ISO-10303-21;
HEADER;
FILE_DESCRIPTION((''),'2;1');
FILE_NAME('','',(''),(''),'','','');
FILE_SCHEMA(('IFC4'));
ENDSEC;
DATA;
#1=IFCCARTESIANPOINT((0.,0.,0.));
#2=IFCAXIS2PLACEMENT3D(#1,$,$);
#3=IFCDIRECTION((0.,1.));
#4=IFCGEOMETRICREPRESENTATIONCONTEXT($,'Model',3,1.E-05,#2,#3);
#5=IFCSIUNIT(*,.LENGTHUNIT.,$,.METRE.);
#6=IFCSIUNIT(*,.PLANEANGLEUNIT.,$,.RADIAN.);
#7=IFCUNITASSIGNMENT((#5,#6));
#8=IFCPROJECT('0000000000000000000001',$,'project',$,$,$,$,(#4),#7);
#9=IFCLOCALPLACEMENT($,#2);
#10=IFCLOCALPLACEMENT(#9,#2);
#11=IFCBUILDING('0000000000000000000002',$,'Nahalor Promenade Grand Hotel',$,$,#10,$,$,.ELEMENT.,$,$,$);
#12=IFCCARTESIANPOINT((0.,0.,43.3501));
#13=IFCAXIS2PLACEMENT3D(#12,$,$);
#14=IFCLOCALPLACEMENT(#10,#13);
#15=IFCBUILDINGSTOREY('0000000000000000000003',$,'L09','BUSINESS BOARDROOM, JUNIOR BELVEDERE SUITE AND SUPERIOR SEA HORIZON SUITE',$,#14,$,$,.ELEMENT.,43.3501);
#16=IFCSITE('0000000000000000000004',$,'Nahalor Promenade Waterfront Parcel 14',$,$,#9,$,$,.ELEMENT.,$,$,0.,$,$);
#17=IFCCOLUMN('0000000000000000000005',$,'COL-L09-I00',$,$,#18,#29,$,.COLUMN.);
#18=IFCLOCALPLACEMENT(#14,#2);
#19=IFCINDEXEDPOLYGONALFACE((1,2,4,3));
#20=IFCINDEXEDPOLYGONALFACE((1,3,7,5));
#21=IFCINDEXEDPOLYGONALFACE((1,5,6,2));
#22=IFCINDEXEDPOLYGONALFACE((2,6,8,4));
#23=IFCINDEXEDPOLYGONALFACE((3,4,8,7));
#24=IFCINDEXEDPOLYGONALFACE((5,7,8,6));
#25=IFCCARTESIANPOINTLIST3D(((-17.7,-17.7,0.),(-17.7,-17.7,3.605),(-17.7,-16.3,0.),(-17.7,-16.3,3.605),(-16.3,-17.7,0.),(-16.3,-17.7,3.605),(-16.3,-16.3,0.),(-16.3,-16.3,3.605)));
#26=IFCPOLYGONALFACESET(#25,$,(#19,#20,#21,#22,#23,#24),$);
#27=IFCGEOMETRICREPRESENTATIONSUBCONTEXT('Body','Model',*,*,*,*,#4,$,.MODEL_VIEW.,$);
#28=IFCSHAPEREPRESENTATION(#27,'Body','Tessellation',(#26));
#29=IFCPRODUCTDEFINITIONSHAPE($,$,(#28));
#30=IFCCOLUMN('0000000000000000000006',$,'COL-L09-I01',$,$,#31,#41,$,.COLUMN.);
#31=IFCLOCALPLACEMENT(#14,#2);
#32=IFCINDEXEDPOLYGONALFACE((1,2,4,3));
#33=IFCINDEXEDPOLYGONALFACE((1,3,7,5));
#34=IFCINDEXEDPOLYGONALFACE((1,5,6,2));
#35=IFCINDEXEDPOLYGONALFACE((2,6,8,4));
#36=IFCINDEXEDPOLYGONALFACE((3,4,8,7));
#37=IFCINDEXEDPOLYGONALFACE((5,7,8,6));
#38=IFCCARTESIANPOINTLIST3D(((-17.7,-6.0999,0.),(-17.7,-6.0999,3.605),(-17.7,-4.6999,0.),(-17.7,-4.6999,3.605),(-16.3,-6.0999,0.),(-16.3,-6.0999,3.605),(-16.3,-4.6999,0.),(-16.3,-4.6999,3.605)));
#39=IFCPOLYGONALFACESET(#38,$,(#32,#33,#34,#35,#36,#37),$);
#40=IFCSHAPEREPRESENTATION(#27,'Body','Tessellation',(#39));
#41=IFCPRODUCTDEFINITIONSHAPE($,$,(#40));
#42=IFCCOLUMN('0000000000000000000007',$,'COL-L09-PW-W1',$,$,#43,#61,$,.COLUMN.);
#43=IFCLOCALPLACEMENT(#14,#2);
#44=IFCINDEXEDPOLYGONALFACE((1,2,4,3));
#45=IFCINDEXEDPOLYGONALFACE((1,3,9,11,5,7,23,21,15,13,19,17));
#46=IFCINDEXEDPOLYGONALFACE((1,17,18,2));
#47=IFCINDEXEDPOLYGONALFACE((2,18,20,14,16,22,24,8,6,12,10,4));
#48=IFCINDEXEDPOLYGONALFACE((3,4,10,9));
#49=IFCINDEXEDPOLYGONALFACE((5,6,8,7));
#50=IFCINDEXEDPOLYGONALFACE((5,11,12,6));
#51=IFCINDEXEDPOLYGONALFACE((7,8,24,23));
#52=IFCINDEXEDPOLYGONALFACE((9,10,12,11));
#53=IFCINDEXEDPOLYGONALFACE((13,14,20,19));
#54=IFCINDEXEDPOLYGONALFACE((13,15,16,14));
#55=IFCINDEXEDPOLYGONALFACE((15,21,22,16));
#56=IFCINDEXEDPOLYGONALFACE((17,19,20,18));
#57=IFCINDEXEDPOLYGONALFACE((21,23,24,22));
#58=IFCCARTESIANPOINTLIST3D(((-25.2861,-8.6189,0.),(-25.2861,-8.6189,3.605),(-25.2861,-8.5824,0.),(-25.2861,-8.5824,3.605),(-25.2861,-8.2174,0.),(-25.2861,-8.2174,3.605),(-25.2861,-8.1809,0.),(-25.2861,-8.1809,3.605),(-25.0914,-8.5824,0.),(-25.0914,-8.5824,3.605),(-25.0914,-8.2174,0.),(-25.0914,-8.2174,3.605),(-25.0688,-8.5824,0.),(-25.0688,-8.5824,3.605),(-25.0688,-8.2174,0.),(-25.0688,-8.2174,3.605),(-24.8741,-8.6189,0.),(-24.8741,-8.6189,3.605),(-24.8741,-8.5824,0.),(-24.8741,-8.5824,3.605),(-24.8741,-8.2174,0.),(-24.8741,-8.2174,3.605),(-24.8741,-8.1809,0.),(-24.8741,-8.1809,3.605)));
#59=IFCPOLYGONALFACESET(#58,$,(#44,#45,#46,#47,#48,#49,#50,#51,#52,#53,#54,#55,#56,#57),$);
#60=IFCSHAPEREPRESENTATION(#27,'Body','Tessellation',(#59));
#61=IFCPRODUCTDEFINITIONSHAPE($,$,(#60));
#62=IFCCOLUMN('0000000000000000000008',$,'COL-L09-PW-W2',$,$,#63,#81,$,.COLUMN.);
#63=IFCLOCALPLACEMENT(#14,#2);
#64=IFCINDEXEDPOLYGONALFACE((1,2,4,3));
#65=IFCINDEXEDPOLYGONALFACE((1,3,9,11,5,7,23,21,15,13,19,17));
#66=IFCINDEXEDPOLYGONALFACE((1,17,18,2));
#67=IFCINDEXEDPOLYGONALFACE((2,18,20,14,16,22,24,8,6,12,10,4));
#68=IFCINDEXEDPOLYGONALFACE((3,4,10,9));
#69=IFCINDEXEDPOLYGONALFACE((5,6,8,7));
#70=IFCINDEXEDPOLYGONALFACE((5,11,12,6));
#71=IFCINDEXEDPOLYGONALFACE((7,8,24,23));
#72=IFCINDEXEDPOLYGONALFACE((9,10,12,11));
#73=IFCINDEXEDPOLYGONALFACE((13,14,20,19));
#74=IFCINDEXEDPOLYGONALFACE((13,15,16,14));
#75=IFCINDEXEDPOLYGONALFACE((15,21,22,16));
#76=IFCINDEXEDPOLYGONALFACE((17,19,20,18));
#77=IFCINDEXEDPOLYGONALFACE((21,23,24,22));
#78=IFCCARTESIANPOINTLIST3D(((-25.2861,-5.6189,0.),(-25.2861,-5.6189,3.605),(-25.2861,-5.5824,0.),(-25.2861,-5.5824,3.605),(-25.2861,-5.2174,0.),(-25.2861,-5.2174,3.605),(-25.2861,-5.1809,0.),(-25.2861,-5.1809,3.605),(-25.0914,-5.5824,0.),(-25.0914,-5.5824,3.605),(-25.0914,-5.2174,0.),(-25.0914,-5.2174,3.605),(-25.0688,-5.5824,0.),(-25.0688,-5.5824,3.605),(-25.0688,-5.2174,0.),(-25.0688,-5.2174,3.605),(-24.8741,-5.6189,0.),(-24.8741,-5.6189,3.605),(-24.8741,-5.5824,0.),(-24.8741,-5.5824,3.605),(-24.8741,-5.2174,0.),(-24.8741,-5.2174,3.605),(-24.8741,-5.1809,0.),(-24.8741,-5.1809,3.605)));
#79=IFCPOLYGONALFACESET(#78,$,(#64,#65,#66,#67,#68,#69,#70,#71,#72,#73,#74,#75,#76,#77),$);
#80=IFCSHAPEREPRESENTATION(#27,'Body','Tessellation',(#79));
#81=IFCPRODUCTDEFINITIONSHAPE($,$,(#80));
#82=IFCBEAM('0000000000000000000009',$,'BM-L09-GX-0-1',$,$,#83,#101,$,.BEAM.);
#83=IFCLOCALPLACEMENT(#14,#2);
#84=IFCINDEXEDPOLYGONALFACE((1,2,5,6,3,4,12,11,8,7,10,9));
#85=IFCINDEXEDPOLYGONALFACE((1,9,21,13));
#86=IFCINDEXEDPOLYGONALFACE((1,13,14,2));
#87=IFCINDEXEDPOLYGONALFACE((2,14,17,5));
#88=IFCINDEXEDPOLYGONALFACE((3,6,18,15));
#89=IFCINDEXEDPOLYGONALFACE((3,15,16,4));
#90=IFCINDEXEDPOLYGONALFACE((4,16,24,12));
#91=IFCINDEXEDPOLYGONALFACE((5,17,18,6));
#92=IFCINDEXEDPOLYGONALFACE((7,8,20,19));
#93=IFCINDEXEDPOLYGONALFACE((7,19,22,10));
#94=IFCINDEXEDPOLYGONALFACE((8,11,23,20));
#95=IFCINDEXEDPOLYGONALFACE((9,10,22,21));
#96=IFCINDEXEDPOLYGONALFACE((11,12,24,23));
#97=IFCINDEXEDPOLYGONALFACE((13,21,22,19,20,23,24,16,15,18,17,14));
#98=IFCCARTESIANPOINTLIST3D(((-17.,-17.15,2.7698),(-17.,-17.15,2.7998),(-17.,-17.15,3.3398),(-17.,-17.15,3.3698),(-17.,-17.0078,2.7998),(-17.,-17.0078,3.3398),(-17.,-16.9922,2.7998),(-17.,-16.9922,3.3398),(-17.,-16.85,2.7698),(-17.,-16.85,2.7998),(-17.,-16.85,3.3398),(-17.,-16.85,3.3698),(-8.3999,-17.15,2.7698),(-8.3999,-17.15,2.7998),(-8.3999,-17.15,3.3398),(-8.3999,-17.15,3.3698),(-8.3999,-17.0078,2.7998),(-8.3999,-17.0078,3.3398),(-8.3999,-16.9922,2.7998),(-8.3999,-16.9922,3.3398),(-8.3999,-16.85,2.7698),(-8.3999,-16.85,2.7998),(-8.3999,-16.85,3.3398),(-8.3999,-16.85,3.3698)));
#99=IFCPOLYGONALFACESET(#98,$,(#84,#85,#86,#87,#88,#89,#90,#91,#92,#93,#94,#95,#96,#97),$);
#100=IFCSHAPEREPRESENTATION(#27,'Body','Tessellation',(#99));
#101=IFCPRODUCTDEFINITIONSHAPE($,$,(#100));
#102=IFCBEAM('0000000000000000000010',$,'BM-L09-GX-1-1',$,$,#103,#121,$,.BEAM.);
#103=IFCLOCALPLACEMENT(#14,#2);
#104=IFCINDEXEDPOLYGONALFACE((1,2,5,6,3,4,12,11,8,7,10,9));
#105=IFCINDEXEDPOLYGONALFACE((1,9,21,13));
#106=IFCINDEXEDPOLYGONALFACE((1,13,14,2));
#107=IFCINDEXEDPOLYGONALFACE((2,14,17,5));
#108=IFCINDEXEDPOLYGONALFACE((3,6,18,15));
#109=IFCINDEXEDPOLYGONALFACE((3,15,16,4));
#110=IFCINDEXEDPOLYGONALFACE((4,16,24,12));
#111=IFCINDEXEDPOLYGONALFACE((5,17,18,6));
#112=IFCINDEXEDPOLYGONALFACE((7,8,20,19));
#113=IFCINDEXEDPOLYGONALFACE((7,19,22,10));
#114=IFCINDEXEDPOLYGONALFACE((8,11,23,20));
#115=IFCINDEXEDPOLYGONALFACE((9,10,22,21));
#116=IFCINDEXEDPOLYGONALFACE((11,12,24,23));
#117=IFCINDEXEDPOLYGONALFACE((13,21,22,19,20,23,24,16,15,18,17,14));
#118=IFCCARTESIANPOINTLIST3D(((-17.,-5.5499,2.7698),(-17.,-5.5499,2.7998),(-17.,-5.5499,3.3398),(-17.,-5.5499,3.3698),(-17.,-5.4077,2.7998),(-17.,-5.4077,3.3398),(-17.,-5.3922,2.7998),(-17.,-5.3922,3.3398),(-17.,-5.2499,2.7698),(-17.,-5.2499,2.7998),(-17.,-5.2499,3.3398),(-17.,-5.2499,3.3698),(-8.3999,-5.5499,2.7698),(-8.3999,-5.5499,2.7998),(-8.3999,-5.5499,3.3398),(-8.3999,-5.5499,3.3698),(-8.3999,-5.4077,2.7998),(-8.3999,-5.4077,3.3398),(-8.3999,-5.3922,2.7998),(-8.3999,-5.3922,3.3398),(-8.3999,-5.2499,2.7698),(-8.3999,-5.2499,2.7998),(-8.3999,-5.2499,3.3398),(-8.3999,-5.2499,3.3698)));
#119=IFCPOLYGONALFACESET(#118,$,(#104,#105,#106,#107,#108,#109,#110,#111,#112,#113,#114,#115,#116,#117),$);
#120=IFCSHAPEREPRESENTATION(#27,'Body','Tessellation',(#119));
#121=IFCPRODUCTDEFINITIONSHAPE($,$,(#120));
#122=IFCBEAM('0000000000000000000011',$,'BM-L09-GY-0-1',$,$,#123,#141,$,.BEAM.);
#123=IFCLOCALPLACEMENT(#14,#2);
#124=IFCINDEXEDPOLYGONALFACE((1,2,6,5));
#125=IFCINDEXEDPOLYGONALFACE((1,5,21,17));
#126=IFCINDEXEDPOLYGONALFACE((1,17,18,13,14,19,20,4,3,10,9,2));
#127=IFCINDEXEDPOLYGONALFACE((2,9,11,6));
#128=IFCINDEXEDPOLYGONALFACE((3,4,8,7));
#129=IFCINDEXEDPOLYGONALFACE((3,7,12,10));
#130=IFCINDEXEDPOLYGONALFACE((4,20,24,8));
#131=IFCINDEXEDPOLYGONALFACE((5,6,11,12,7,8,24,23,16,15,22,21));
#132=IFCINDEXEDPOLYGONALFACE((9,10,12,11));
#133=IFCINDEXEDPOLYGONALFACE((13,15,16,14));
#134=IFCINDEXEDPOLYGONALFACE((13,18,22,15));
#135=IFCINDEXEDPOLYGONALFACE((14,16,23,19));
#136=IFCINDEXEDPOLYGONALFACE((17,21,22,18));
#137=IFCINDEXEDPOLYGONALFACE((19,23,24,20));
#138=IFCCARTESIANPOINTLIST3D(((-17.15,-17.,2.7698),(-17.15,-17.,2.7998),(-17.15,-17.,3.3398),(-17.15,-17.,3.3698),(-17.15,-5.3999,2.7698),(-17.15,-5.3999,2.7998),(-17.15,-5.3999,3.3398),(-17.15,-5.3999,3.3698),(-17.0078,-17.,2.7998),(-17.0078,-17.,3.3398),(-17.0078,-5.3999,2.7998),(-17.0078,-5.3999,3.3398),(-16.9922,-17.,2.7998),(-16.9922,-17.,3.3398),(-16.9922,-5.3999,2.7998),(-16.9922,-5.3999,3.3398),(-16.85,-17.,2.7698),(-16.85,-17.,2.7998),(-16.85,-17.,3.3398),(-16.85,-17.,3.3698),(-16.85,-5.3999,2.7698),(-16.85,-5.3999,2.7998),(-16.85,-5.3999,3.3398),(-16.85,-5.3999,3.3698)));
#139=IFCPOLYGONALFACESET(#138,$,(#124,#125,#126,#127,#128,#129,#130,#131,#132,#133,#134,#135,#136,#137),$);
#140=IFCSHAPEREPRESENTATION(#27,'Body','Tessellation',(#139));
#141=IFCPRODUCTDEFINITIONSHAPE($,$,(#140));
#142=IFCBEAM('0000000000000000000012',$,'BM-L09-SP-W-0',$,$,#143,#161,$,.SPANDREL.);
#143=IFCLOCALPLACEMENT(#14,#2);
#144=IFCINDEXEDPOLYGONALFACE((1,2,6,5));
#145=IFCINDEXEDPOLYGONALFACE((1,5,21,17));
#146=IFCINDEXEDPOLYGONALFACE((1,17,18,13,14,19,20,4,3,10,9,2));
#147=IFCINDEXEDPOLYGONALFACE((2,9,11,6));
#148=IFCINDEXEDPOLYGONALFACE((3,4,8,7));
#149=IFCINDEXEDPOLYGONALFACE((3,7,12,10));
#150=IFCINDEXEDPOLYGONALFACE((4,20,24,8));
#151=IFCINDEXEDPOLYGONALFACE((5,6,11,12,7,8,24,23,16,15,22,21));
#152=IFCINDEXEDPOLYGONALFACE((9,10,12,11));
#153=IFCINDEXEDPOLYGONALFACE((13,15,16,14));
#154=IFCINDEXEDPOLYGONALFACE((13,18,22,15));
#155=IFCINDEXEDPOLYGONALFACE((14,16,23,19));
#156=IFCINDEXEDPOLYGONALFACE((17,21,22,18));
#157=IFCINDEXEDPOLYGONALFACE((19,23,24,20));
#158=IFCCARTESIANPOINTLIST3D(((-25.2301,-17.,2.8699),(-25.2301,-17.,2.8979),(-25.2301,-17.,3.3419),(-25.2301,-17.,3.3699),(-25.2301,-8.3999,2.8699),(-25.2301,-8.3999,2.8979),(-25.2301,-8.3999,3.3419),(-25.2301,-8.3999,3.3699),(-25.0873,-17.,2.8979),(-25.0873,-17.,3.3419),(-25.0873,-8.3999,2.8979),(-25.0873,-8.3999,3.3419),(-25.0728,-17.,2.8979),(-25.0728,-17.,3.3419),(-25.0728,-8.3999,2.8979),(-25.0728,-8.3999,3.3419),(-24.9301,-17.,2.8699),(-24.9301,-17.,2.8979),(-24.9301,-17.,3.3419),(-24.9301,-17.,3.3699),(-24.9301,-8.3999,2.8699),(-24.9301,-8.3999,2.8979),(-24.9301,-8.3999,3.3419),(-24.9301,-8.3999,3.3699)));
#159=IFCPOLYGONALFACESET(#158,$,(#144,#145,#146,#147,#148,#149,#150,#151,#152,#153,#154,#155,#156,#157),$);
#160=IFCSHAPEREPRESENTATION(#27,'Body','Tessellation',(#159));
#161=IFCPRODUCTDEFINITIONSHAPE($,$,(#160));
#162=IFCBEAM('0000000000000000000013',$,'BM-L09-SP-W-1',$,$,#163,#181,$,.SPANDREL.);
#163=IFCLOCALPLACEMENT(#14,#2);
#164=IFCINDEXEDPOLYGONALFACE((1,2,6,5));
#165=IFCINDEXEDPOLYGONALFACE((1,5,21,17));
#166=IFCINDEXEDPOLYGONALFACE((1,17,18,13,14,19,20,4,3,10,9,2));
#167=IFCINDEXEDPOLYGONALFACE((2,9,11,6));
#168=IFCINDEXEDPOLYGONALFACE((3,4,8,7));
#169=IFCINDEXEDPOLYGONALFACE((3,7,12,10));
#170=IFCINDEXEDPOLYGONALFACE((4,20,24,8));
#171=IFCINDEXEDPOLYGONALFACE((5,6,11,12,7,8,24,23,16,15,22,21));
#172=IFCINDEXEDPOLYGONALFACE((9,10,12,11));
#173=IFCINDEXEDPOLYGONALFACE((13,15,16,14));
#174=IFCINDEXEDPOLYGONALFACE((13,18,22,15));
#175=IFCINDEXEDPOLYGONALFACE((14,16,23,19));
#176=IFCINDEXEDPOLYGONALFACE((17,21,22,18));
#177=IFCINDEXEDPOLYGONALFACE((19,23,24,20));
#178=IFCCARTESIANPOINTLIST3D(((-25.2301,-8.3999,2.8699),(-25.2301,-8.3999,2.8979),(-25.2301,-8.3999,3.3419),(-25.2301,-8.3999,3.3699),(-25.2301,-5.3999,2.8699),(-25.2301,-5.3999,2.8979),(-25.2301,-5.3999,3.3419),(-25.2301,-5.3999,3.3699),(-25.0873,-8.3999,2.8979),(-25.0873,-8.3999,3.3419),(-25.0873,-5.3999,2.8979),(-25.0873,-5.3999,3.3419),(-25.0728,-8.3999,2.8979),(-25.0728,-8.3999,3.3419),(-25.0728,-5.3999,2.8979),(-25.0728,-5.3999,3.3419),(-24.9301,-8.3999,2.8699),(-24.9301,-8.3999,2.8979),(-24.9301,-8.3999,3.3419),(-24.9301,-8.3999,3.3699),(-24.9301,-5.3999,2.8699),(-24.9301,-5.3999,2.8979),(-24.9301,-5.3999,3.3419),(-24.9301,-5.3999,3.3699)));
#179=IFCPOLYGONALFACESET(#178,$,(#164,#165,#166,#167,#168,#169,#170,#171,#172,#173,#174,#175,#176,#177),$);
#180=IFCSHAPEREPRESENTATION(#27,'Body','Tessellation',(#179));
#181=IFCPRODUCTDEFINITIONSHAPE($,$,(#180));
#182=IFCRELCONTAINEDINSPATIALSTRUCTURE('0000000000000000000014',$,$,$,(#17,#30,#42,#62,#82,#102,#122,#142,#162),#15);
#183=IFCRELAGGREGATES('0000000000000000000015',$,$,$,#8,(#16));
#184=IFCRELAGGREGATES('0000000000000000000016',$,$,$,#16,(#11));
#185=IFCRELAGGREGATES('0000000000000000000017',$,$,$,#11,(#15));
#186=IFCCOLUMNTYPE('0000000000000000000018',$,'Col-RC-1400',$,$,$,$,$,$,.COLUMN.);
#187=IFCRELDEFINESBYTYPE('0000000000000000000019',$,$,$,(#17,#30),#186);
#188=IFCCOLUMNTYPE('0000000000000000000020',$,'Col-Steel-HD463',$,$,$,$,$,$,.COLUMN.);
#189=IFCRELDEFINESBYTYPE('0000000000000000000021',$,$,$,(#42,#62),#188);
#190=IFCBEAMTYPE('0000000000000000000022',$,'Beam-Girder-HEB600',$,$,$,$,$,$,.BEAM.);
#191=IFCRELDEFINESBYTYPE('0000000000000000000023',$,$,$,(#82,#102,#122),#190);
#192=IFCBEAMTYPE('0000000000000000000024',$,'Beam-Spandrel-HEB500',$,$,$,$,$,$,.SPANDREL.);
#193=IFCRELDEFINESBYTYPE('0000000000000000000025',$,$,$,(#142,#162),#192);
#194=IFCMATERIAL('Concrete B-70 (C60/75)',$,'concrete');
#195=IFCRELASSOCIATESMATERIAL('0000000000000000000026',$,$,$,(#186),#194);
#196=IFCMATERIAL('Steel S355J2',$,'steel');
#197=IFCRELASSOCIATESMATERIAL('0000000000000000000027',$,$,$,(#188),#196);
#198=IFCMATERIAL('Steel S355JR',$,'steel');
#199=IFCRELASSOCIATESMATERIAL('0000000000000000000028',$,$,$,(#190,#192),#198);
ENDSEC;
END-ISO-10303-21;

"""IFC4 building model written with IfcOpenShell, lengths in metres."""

from ifc_helpers import new_model, si_unit, direction, frame, origin, origin_2d, place, context, subcontext, project, spatial, rectangle, i_section, extrude, source, transform, mapped, material, material_profile, profile_set, type_object, element, save


model = new_model("IFC4")

# Units and contexts
model_context = context("Model", 3, precision=1e-05, world=origin(), true_north=direction((0.0, 1.0)))
body_context = subcontext(model_context, "Body", "Model", "MODEL_VIEW")
ifc_project = project(units=[si_unit("LENGTHUNIT", "METRE"), si_unit("PLANEANGLEUNIT", "RADIAN")], contexts=[model_context])

# Site, building, storey
site_placement = place(None, origin())
site = spatial("IfcSite", under=ifc_project, at=site_placement, Name="Nahalor Promenade Waterfront Parcel 14", CompositionType="ELEMENT", RefElevation=0.0)
building_placement = place(site_placement, origin())
building = spatial("IfcBuilding", under=site, at=building_placement, Name="Nahalor Promenade Grand Hotel", CompositionType="ELEMENT")
storey_placement = place(building_placement, frame((0.0, 0.0, 43.3501)))
storey = spatial("IfcBuildingStorey", under=building, at=storey_placement, Name="L09", Description="BUSINESS BOARDROOM, JUNIOR BELVEDERE SUITE AND SUPERIOR SEA HORIZON SUITE", CompositionType="ELEMENT", Elevation=43.3501)

# Columns
ifc_material_1 = material(Name="Concrete B-70 (C60/75)", Category="concrete")
ifc_material_profile_1 = material_profile(ifc_material_1, rectangle(XDim=1.4, YDim=1.4, at=origin_2d()), Name="RC 1400x1400")
ifc_profile_set_1 = profile_set([ifc_material_profile_1], Name="Concrete B-70 (C60/75)")
column_type_1 = type_object("IfcColumnType", Name="Col-RC-1400", PredefinedType="COLUMN", material=ifc_profile_set_1)
shared_shape_1 = source(origin(), body_context, "Body", "SweptSolid", [
    extrude(rectangle(XDim=1.4, YDim=1.4, at=origin_2d()), origin(), (0.0, 0.0, 1.0), 3.605),
])
for number, where, z_axis, x_axis, name in (
    (1, (-17.0, -17.0, 0.0), (0.0, 0.0, 1.0), (1.0, 0.0, 0.0), "COL-L09-I00"),
    (2, (-17.0, -5.3999, 0.0), (0.0, 0.0, 1.0), (1.0, 0.0, 0.0), "COL-L09-I01"),
):
    element("IfcColumn", number, at=place(storey_placement, frame(where, z_axis=z_axis, x_axis=x_axis)), inside=storey, type_object=column_type_1, Name=name, PredefinedType="COLUMN", context=body_context, shape_type="MappedRepresentation", body=[
        mapped(shared_shape_1, transform((0.0, 0.0, 0.0), scale=1.0)),
    ])
ifc_material_2 = material(Name="Steel S355J2", Category="steel")
ifc_material_profile_2 = material_profile(ifc_material_2, i_section(OverallWidth=0.412, OverallDepth=0.438, WebThickness=0.0226, FlangeThickness=0.0365, at=origin_2d()), Name="HD 400x463")
ifc_profile_set_2 = profile_set([ifc_material_profile_2], Name="Steel S355J2")
column_type_2 = type_object("IfcColumnType", Name="Col-Steel-HD463", PredefinedType="COLUMN", material=ifc_profile_set_2)
shared_shape_2 = source(origin(), body_context, "Body", "SweptSolid", [
    extrude(i_section(OverallWidth=0.412, OverallDepth=0.438, WebThickness=0.0226, FlangeThickness=0.0365, at=origin_2d()), origin(), (0.0, 0.0, 1.0), 3.605),
])
for number, where, z_axis, x_axis, name in (
    (3, (-25.0801, -8.3999, 0.0), (0.0, 0.0, 1.0), (1.0, 0.0, 0.0), "COL-L09-PW-W1"),
    (4, (-25.0801, -5.3999, 0.0), (0.0, 0.0, 1.0), (1.0, 0.0, 0.0), "COL-L09-PW-W2"),
):
    element("IfcColumn", number, at=place(storey_placement, frame(where, z_axis=z_axis, x_axis=x_axis)), inside=storey, type_object=column_type_2, Name=name, PredefinedType="COLUMN", context=body_context, shape_type="MappedRepresentation", body=[
        mapped(shared_shape_2, transform((0.0, 0.0, 0.0), scale=1.0)),
    ])

# Beams
ifc_material_3 = material(Name="Steel S355JR", Category="steel")
ifc_material_profile_3 = material_profile(ifc_material_3, i_section(OverallWidth=0.3, OverallDepth=0.6, WebThickness=0.0155, FlangeThickness=0.03, at=origin_2d()), Name="HEB 600")
ifc_profile_set_3 = profile_set([ifc_material_profile_3], Name="Steel S355JR")
beam_type_1 = type_object("IfcBeamType", Name="Beam-Girder-HEB600", PredefinedType="BEAM", material=ifc_profile_set_3)
shared_shape_3 = source(origin(), body_context, "Body", "SweptSolid", [
    extrude(i_section(OverallWidth=0.3, OverallDepth=0.6, WebThickness=0.0155, FlangeThickness=0.03, at=origin_2d()), origin(), (0.0, 0.0, 1.0), 8.6001),
])
for number, where, z_axis, x_axis, name in (
    (5, (-17.0, -17.0, 3.0698), (1.0, 0.0, 0.0), (0.0, 1.0, 0.0), "BM-L09-GX-0-1"),
    (6, (-17.0, -5.3999, 3.0698), (1.0, 0.0, 0.0), (0.0, 1.0, 0.0), "BM-L09-GX-1-1"),
):
    element("IfcBeam", number, at=place(storey_placement, frame(where, z_axis=z_axis, x_axis=x_axis)), inside=storey, type_object=beam_type_1, Name=name, PredefinedType="BEAM", context=body_context, shape_type="MappedRepresentation", body=[
        mapped(shared_shape_3, transform((0.0, 0.0, 0.0), scale=1.0)),
    ])
shared_shape_4 = source(origin(), body_context, "Body", "SweptSolid", [
    extrude(i_section(OverallWidth=0.3, OverallDepth=0.6, WebThickness=0.0155, FlangeThickness=0.03, at=origin_2d()), origin(), (0.0, 0.0, 1.0), 11.6001),
])
beam_1_placement = place(storey_placement, frame((-17.0, -17.0, 3.0698), z_axis=(0.0, 1.0, 0.0), x_axis=(-1.0, 0.0, 0.0)))
element("IfcBeam", 7, at=beam_1_placement, inside=storey, type_object=beam_type_1, Name="BM-L09-GY-0-1", PredefinedType="BEAM", context=body_context, shape_type="MappedRepresentation", body=[
    mapped(shared_shape_4, transform((0.0, 0.0, 0.0), scale=1.0)),
])
ifc_material_profile_4 = material_profile(ifc_material_3, i_section(OverallWidth=0.3, OverallDepth=0.5, WebThickness=0.0145, FlangeThickness=0.028, at=origin_2d()), Name="HEB 500")
ifc_profile_set_4 = profile_set([ifc_material_profile_4], Name="Steel S355JR")
beam_type_2 = type_object("IfcBeamType", Name="Beam-Spandrel-HEB500", PredefinedType="SPANDREL", material=ifc_profile_set_4)
shared_shape_5 = source(origin(), body_context, "Body", "SweptSolid", [
    extrude(i_section(OverallWidth=0.3, OverallDepth=0.5, WebThickness=0.0145, FlangeThickness=0.028, at=origin_2d()), origin(), (0.0, 0.0, 1.0), 8.6001),
])
beam_2_placement = place(storey_placement, frame((-25.0801, -17.0, 3.1199), z_axis=(0.0, 1.0, 0.0), x_axis=(-1.0, 0.0, 0.0)))
element("IfcBeam", 8, at=beam_2_placement, inside=storey, type_object=beam_type_2, Name="BM-L09-SP-W-0", PredefinedType="SPANDREL", context=body_context, shape_type="MappedRepresentation", body=[
    mapped(shared_shape_5, transform((0.0, 0.0, 0.0), scale=1.0)),
])
shared_shape_6 = source(origin(), body_context, "Body", "SweptSolid", [
    extrude(i_section(OverallWidth=0.3, OverallDepth=0.5, WebThickness=0.0145, FlangeThickness=0.028, at=origin_2d()), origin(), (0.0, 0.0, 1.0), 3.0),
])
beam_3_placement = place(storey_placement, frame((-25.0801, -8.3999, 3.1199), z_axis=(0.0, 1.0, 0.0), x_axis=(-1.0, 0.0, 0.0)))
element("IfcBeam", 9, at=beam_3_placement, inside=storey, type_object=beam_type_2, Name="BM-L09-SP-W-1", PredefinedType="SPANDREL", context=body_context, shape_type="MappedRepresentation", body=[
    mapped(shared_shape_6, transform((0.0, 0.0, 0.0), scale=1.0)),
])

save(model, "model.ifc")
